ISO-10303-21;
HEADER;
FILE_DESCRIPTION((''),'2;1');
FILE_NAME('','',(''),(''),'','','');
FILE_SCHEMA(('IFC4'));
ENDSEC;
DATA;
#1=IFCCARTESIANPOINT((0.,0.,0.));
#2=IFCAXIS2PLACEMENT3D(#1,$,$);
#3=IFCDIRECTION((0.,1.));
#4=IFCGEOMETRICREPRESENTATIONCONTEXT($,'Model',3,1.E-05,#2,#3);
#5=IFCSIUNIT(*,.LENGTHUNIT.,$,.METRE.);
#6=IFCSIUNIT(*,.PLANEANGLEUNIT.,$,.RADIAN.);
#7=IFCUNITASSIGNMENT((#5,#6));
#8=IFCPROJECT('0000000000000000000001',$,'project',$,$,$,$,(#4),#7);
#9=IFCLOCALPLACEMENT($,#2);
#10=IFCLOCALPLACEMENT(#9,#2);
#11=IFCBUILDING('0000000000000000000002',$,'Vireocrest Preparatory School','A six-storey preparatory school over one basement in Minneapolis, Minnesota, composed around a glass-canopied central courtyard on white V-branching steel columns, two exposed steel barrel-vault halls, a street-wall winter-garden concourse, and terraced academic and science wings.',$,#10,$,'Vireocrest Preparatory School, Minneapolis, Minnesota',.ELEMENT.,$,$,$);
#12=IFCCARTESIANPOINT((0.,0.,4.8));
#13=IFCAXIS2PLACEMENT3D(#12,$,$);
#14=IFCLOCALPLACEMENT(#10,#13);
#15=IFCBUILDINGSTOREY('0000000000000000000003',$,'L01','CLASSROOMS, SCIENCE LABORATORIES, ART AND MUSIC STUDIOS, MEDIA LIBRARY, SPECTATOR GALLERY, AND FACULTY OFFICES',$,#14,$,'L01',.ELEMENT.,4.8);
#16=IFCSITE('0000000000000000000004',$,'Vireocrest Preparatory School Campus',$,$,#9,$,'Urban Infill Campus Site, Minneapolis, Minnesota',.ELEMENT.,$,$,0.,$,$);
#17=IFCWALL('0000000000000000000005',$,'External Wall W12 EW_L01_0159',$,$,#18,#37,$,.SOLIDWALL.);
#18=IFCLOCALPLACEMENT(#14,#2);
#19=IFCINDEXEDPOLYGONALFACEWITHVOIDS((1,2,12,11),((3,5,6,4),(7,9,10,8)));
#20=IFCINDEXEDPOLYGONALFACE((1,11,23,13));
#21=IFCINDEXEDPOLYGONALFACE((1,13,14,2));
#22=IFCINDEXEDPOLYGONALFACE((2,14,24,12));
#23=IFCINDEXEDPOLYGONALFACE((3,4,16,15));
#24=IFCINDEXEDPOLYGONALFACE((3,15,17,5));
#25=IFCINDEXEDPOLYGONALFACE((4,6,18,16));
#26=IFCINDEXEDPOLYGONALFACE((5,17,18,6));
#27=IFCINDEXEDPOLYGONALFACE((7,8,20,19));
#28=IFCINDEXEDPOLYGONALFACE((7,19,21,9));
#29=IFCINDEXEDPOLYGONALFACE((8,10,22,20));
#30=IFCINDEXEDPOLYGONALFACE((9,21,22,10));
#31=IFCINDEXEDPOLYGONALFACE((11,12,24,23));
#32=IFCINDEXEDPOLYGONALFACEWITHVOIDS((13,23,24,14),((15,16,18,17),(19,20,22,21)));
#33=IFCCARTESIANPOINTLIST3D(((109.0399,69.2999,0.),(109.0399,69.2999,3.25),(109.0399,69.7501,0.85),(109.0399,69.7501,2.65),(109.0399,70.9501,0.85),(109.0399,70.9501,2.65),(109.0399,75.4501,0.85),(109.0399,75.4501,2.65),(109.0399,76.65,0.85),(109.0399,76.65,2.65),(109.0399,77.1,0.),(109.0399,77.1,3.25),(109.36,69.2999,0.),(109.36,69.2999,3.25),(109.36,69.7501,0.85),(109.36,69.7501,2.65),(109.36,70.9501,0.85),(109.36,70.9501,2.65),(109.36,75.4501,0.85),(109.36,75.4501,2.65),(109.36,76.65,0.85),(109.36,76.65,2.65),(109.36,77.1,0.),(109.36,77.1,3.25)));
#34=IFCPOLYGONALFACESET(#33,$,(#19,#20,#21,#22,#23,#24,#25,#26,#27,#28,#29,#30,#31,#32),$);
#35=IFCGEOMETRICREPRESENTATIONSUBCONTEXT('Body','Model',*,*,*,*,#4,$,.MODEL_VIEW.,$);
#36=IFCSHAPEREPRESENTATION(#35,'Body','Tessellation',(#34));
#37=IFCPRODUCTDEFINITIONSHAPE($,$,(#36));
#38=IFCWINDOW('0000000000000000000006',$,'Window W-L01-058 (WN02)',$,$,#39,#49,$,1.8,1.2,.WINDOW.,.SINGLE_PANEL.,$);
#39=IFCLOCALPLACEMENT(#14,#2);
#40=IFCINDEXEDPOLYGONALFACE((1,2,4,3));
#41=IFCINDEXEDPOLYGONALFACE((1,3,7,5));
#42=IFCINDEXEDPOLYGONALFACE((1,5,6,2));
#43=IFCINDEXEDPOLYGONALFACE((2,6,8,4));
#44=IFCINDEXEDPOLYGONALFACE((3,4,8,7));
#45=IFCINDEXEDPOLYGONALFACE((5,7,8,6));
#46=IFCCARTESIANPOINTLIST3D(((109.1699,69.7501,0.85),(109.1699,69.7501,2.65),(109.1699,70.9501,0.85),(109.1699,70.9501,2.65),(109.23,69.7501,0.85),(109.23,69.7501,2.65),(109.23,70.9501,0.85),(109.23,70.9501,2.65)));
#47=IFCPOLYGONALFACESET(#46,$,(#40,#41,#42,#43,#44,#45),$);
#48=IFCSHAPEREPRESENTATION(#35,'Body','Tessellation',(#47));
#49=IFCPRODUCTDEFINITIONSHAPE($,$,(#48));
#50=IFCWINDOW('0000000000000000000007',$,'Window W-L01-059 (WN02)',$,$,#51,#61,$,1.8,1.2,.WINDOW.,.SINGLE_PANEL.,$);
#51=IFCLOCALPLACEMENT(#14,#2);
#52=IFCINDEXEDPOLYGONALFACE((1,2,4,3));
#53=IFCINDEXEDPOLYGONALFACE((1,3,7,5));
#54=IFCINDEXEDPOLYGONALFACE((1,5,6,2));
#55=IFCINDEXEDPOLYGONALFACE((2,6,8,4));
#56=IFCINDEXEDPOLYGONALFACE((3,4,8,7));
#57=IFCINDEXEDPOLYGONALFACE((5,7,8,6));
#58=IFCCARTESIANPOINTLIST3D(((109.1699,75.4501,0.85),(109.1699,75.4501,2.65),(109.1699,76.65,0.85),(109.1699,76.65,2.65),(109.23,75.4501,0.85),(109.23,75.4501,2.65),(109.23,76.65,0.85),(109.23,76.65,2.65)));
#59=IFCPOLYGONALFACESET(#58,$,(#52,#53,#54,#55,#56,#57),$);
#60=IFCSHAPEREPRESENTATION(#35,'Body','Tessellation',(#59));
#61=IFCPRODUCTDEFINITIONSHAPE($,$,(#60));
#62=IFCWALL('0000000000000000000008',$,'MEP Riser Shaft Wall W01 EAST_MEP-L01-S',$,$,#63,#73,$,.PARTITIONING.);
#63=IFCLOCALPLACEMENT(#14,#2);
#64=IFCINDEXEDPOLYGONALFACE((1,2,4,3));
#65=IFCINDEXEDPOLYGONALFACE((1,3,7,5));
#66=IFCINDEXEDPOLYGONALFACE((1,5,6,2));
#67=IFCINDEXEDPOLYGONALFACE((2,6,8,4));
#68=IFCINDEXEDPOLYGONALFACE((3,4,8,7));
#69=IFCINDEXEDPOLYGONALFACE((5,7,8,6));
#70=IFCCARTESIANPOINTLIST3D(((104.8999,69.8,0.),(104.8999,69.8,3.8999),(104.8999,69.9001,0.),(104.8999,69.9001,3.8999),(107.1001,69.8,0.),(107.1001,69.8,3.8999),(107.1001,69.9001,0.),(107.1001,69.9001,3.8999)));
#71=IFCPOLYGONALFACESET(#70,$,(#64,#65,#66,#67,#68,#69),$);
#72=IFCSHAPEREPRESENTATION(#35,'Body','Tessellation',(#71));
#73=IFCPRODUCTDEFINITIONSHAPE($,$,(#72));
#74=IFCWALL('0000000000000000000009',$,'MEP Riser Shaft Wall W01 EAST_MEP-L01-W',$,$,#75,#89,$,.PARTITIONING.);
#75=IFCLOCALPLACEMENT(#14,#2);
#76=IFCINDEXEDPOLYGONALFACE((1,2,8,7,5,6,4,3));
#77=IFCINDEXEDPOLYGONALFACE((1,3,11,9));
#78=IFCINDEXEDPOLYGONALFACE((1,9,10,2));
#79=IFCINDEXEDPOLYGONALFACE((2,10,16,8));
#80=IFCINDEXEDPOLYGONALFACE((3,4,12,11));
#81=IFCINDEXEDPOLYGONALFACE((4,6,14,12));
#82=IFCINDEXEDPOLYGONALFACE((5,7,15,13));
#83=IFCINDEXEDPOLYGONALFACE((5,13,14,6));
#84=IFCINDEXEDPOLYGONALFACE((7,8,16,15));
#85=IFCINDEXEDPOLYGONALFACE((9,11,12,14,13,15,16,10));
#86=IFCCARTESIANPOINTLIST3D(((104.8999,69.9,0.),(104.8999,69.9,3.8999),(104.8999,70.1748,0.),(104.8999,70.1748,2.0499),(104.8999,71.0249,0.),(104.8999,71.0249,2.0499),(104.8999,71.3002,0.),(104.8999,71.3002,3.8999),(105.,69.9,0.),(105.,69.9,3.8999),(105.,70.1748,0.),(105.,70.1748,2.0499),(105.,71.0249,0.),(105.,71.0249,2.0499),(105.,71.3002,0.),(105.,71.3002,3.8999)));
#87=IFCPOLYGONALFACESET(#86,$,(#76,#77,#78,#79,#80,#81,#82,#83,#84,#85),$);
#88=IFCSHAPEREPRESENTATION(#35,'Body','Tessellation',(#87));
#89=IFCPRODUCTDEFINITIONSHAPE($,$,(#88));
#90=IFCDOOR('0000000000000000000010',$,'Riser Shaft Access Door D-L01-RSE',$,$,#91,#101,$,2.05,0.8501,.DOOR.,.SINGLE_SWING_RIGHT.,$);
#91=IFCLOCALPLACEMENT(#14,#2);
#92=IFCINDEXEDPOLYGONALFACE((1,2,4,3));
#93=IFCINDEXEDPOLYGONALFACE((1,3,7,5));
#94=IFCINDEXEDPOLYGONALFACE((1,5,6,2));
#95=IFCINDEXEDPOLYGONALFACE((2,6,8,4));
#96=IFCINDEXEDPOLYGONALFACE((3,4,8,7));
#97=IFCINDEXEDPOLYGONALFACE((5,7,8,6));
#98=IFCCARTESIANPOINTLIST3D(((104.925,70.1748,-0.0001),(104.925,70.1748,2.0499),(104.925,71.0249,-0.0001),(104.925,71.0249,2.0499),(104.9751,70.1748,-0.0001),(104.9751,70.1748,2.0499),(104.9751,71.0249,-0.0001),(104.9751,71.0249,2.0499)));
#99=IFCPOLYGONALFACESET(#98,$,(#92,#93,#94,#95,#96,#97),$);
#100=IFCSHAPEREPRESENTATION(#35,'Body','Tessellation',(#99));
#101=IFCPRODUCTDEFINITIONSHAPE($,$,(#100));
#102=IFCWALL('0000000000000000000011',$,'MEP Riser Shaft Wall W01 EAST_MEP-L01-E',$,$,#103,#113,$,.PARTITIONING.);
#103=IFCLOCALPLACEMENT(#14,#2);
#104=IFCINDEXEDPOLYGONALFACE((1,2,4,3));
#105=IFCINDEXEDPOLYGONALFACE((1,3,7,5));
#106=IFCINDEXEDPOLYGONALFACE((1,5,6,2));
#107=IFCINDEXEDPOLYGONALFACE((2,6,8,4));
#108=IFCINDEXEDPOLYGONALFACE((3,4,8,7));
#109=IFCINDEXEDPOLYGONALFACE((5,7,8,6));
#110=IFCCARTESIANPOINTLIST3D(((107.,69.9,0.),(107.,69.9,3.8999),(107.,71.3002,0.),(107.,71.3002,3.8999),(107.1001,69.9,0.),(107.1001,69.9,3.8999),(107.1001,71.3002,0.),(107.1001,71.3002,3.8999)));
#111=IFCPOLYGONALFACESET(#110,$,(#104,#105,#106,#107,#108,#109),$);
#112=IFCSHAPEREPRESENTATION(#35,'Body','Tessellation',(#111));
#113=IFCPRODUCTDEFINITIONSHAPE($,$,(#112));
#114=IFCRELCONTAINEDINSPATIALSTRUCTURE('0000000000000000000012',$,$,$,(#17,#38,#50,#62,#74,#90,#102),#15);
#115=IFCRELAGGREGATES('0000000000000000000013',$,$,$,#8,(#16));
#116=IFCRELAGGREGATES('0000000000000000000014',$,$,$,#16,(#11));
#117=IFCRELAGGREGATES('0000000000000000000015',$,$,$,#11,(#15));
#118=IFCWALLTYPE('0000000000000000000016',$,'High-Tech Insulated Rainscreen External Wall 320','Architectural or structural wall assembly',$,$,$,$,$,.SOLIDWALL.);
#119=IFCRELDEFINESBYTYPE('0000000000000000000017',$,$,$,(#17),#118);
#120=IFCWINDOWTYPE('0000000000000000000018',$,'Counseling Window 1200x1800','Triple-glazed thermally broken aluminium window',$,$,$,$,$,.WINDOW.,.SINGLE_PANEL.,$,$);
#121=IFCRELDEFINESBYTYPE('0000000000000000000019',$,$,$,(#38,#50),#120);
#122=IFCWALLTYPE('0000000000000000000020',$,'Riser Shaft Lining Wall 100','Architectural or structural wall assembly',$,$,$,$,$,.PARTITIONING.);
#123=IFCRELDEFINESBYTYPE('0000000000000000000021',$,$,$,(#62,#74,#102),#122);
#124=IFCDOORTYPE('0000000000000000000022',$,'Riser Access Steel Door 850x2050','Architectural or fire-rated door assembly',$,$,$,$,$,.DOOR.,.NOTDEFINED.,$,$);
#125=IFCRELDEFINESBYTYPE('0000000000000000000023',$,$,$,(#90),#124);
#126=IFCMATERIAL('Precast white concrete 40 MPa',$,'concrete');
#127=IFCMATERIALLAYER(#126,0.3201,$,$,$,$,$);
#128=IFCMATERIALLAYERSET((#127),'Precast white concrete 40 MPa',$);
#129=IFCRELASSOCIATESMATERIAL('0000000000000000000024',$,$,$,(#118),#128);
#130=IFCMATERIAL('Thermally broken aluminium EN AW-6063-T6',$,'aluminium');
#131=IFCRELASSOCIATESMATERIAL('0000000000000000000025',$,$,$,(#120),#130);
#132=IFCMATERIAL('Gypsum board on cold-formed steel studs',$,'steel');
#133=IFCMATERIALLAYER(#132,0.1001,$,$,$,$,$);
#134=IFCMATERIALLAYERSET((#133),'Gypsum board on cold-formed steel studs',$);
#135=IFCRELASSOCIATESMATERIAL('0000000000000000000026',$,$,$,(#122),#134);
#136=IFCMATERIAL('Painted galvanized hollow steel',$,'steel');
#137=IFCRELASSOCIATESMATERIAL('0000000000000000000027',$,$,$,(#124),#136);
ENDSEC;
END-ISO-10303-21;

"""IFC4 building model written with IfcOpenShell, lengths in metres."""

from ifc_helpers import new_model, si_unit, direction, frame, frame_2d, origin, place, context, subcontext, project, spatial, rectangle, extrude, material, layer, layer_set, type_object, element, fill, save


model = new_model("IFC4")

# Units and contexts
model_context = context("Model", 3, precision=1e-05, world=origin(), true_north=direction((0.0, 1.0)))
body_context = subcontext(model_context, "Body", "Model", "MODEL_VIEW")
ifc_project = project(units=[si_unit("LENGTHUNIT", "METRE"), si_unit("PLANEANGLEUNIT", "RADIAN")], contexts=[model_context])

# Site, building, storey
site_placement = place(None, origin())
site = spatial("IfcSite", under=ifc_project, at=site_placement, Name="Vireocrest Preparatory School Campus", LongName="Urban Infill Campus Site, Minneapolis, Minnesota", CompositionType="ELEMENT", RefElevation=0.0)
building_placement = place(site_placement, origin())
building = spatial("IfcBuilding", under=site, at=building_placement, Name="Vireocrest Preparatory School", Description="A six-storey preparatory school over one basement in Minneapolis, Minnesota, composed around a glass-canopied central courtyard on white V-branching steel columns, two exposed steel barrel-vault halls, a street-wall winter-garden concourse, and terraced academic and science wings.", LongName="Vireocrest Preparatory School, Minneapolis, Minnesota", CompositionType="ELEMENT")
storey_placement = place(building_placement, frame((0.0, 0.0, 4.8)))
storey = spatial("IfcBuildingStorey", under=building, at=storey_placement, Name="L01", Description="CLASSROOMS, SCIENCE LABORATORIES, ART AND MUSIC STUDIOS, MEDIA LIBRARY, SPECTATOR GALLERY, AND FACULTY OFFICES", LongName="L01", CompositionType="ELEMENT", Elevation=4.8)

# Shared definitions
ifc_material_1 = material(Name="Thermally broken aluminium EN AW-6063-T6", Category="aluminium")

# Wall, openings, windows
ifc_material_2 = material(Name="Precast white concrete 40 MPa", Category="concrete")
ifc_layer_1 = layer(ifc_material_2, 0.3201)
ifc_layer_set_1 = layer_set([ifc_layer_1], Name="Precast white concrete 40 MPa")
wall_type_1 = type_object("IfcWallType", Name="High-Tech Insulated Rainscreen External Wall 320", Description="Architectural or structural wall assembly", PredefinedType="SOLIDWALL", material=ifc_layer_set_1)
wall_1_placement = place(storey_placement, frame((109.2, 69.3, 0.0), z_axis=(0.0, 0.0, 1.0), x_axis=(0.0, 1.0, 0.0)))
wall_1 = element("IfcWall", 1, at=wall_1_placement, inside=storey, type_object=wall_type_1, Name="External Wall W12 EW_L01_0159", PredefinedType="SOLIDWALL", context=body_context, shape_type="SweptSolid", body=[
    extrude(rectangle(XDim=7.8, YDim=0.3201, at=frame_2d((3.8999, 0.0))), origin(), (0.0, 0.0, 1.0), 3.25),
])
opening_1_placement = place(wall_1_placement, frame((0.45, 0.0, 0.8501)))
opening_1 = element("IfcOpeningElement", 2, at=opening_1_placement, cuts=wall_1, PredefinedType="OPENING", context=body_context, shape_type="SweptSolid", body=[
    extrude(rectangle(XDim=1.2, YDim=1.8, at=frame_2d((0.6001, 0.8999))), frame((0.0, 0.1699, 0.0), z_axis=(0.0, -1.0, 0.0), x_axis=(1.0, 0.0, 0.0)), (0.0, 0.0, 1.0), 0.3401),
])
opening_2_placement = place(wall_1_placement, frame((6.1499, 0.0, 0.8501)))
opening_2 = element("IfcOpeningElement", 3, at=opening_2_placement, cuts=wall_1, PredefinedType="OPENING", context=body_context, shape_type="SweptSolid", body=[
    extrude(rectangle(XDim=1.2, YDim=1.8, at=frame_2d((0.6001, 0.8999))), frame((0.0, 0.1699, 0.0), z_axis=(0.0, -1.0, 0.0), x_axis=(1.0, 0.0, 0.0)), (0.0, 0.0, 1.0), 0.3401),
])
window_type = type_object("IfcWindowType", Name="Counseling Window 1200x1800", Description="Triple-glazed thermally broken aluminium window", PartitioningType="SINGLE_PANEL", PredefinedType="WINDOW", material=ifc_material_1)
window_1_placement = place(opening_1_placement, origin())
window_1 = element("IfcWindow", 4, at=window_1_placement, inside=storey, type_object=window_type, Name="Window W-L01-058 (WN02)", OverallHeight=1.8, OverallWidth=1.2, PartitioningType="SINGLE_PANEL", PredefinedType="WINDOW", context=body_context, shape_type="SweptSolid", body=[
    extrude(rectangle(XDim=1.2, YDim=1.8, at=frame_2d((0.6001, 0.8999))), frame((0.0, 0.03, 0.0), z_axis=(0.0, -1.0, 0.0), x_axis=(1.0, 0.0, 0.0)), (0.0, 0.0, 1.0), 0.0601),
])
fill(opening_1, window_1)
window_2_placement = place(opening_2_placement, origin())
window_2 = element("IfcWindow", 5, at=window_2_placement, inside=storey, type_object=window_type, Name="Window W-L01-059 (WN02)", OverallHeight=1.8, OverallWidth=1.2, PartitioningType="SINGLE_PANEL", PredefinedType="WINDOW", context=body_context, shape_type="SweptSolid", body=[
    extrude(rectangle(XDim=1.2, YDim=1.8, at=frame_2d((0.6001, 0.8999))), frame((0.0, 0.03, 0.0), z_axis=(0.0, -1.0, 0.0), x_axis=(1.0, 0.0, 0.0)), (0.0, 0.0, 1.0), 0.0601),
])
fill(opening_2, window_2)

# Wall
ifc_material_3 = material(Name="Gypsum board on cold-formed steel studs", Category="steel")
ifc_layer_2 = layer(ifc_material_3, 0.1001)
ifc_layer_set_2 = layer_set([ifc_layer_2], Name="Gypsum board on cold-formed steel studs")
wall_type_2 = type_object("IfcWallType", Name="Riser Shaft Lining Wall 100", Description="Architectural or structural wall assembly", PredefinedType="PARTITIONING", material=ifc_layer_set_2)
wall_2_placement = place(storey_placement, frame((104.8999, 69.8501, 0.0), z_axis=(0.0, 0.0, 1.0), x_axis=(1.0, 0.0, 0.0)))
element("IfcWall", 6, at=wall_2_placement, inside=storey, type_object=wall_type_2, Name="MEP Riser Shaft Wall W01 EAST_MEP-L01-S", PredefinedType="PARTITIONING", context=body_context, shape_type="SweptSolid", body=[
    extrude(rectangle(XDim=2.2002, YDim=0.1001, at=frame_2d((1.1001, 0.0))), origin(), (0.0, 0.0, 1.0), 3.8999),
])

# Wall, opening, door
wall_3_placement = place(storey_placement, frame((104.95, 69.8999, 0.0), z_axis=(0.0, 0.0, 1.0), x_axis=(0.0, 1.0, 0.0)))
wall_3 = element("IfcWall", 7, at=wall_3_placement, inside=storey, type_object=wall_type_2, Name="MEP Riser Shaft Wall W01 EAST_MEP-L01-W", PredefinedType="PARTITIONING", context=body_context, shape_type="SweptSolid", body=[
    extrude(rectangle(XDim=1.4001, YDim=0.1001, at=frame_2d((0.7002, 0.0))), origin(), (0.0, 0.0, 1.0), 3.8999),
])
opening_3_placement = place(wall_3_placement, frame((0.2749, 0.0, 0.0)))
opening_3 = element("IfcOpeningElement", 8, at=opening_3_placement, cuts=wall_3, PredefinedType="OPENING", context=body_context, shape_type="SweptSolid", body=[
    extrude(rectangle(XDim=0.8501, YDim=2.05, at=frame_2d((0.425, 1.0249))), frame((0.0, 0.0601, 0.0), z_axis=(0.0, -1.0, 0.0), x_axis=(1.0, 0.0, 0.0)), (0.0, 0.0, 1.0), 0.1201),
])
ifc_material_4 = material(Name="Painted galvanized hollow steel", Category="steel")
door_type = type_object("IfcDoorType", Name="Riser Access Steel Door 850x2050", Description="Architectural or fire-rated door assembly", OperationType="NOTDEFINED", PredefinedType="DOOR", material=ifc_material_4)
door_placement = place(opening_3_placement, origin())
door = element("IfcDoor", 9, at=door_placement, inside=storey, type_object=door_type, Name="Riser Shaft Access Door D-L01-RSE", OperationType="SINGLE_SWING_RIGHT", OverallHeight=2.05, OverallWidth=0.8501, PredefinedType="DOOR", context=body_context, shape_type="SweptSolid", body=[
    extrude(rectangle(XDim=0.8501, YDim=2.05, at=frame_2d((0.425, 1.0249))), frame((0.0, 0.0249, 0.0), z_axis=(0.0, -1.0, 0.0), x_axis=(1.0, 0.0, 0.0)), (0.0, 0.0, 1.0), 0.05),
])
fill(opening_3, door)

# Wall
wall_4_placement = place(storey_placement, frame((107.05, 69.8999, 0.0), z_axis=(0.0, 0.0, 1.0), x_axis=(0.0, 1.0, 0.0)))
element("IfcWall", 10, at=wall_4_placement, inside=storey, type_object=wall_type_2, Name="MEP Riser Shaft Wall W01 EAST_MEP-L01-E", PredefinedType="PARTITIONING", context=body_context, shape_type="SweptSolid", body=[
    extrude(rectangle(XDim=1.4001, YDim=0.1001, at=frame_2d((0.7002, 0.0))), origin(), (0.0, 0.0, 1.0), 3.8999),
])

save(model, "model.ifc")
